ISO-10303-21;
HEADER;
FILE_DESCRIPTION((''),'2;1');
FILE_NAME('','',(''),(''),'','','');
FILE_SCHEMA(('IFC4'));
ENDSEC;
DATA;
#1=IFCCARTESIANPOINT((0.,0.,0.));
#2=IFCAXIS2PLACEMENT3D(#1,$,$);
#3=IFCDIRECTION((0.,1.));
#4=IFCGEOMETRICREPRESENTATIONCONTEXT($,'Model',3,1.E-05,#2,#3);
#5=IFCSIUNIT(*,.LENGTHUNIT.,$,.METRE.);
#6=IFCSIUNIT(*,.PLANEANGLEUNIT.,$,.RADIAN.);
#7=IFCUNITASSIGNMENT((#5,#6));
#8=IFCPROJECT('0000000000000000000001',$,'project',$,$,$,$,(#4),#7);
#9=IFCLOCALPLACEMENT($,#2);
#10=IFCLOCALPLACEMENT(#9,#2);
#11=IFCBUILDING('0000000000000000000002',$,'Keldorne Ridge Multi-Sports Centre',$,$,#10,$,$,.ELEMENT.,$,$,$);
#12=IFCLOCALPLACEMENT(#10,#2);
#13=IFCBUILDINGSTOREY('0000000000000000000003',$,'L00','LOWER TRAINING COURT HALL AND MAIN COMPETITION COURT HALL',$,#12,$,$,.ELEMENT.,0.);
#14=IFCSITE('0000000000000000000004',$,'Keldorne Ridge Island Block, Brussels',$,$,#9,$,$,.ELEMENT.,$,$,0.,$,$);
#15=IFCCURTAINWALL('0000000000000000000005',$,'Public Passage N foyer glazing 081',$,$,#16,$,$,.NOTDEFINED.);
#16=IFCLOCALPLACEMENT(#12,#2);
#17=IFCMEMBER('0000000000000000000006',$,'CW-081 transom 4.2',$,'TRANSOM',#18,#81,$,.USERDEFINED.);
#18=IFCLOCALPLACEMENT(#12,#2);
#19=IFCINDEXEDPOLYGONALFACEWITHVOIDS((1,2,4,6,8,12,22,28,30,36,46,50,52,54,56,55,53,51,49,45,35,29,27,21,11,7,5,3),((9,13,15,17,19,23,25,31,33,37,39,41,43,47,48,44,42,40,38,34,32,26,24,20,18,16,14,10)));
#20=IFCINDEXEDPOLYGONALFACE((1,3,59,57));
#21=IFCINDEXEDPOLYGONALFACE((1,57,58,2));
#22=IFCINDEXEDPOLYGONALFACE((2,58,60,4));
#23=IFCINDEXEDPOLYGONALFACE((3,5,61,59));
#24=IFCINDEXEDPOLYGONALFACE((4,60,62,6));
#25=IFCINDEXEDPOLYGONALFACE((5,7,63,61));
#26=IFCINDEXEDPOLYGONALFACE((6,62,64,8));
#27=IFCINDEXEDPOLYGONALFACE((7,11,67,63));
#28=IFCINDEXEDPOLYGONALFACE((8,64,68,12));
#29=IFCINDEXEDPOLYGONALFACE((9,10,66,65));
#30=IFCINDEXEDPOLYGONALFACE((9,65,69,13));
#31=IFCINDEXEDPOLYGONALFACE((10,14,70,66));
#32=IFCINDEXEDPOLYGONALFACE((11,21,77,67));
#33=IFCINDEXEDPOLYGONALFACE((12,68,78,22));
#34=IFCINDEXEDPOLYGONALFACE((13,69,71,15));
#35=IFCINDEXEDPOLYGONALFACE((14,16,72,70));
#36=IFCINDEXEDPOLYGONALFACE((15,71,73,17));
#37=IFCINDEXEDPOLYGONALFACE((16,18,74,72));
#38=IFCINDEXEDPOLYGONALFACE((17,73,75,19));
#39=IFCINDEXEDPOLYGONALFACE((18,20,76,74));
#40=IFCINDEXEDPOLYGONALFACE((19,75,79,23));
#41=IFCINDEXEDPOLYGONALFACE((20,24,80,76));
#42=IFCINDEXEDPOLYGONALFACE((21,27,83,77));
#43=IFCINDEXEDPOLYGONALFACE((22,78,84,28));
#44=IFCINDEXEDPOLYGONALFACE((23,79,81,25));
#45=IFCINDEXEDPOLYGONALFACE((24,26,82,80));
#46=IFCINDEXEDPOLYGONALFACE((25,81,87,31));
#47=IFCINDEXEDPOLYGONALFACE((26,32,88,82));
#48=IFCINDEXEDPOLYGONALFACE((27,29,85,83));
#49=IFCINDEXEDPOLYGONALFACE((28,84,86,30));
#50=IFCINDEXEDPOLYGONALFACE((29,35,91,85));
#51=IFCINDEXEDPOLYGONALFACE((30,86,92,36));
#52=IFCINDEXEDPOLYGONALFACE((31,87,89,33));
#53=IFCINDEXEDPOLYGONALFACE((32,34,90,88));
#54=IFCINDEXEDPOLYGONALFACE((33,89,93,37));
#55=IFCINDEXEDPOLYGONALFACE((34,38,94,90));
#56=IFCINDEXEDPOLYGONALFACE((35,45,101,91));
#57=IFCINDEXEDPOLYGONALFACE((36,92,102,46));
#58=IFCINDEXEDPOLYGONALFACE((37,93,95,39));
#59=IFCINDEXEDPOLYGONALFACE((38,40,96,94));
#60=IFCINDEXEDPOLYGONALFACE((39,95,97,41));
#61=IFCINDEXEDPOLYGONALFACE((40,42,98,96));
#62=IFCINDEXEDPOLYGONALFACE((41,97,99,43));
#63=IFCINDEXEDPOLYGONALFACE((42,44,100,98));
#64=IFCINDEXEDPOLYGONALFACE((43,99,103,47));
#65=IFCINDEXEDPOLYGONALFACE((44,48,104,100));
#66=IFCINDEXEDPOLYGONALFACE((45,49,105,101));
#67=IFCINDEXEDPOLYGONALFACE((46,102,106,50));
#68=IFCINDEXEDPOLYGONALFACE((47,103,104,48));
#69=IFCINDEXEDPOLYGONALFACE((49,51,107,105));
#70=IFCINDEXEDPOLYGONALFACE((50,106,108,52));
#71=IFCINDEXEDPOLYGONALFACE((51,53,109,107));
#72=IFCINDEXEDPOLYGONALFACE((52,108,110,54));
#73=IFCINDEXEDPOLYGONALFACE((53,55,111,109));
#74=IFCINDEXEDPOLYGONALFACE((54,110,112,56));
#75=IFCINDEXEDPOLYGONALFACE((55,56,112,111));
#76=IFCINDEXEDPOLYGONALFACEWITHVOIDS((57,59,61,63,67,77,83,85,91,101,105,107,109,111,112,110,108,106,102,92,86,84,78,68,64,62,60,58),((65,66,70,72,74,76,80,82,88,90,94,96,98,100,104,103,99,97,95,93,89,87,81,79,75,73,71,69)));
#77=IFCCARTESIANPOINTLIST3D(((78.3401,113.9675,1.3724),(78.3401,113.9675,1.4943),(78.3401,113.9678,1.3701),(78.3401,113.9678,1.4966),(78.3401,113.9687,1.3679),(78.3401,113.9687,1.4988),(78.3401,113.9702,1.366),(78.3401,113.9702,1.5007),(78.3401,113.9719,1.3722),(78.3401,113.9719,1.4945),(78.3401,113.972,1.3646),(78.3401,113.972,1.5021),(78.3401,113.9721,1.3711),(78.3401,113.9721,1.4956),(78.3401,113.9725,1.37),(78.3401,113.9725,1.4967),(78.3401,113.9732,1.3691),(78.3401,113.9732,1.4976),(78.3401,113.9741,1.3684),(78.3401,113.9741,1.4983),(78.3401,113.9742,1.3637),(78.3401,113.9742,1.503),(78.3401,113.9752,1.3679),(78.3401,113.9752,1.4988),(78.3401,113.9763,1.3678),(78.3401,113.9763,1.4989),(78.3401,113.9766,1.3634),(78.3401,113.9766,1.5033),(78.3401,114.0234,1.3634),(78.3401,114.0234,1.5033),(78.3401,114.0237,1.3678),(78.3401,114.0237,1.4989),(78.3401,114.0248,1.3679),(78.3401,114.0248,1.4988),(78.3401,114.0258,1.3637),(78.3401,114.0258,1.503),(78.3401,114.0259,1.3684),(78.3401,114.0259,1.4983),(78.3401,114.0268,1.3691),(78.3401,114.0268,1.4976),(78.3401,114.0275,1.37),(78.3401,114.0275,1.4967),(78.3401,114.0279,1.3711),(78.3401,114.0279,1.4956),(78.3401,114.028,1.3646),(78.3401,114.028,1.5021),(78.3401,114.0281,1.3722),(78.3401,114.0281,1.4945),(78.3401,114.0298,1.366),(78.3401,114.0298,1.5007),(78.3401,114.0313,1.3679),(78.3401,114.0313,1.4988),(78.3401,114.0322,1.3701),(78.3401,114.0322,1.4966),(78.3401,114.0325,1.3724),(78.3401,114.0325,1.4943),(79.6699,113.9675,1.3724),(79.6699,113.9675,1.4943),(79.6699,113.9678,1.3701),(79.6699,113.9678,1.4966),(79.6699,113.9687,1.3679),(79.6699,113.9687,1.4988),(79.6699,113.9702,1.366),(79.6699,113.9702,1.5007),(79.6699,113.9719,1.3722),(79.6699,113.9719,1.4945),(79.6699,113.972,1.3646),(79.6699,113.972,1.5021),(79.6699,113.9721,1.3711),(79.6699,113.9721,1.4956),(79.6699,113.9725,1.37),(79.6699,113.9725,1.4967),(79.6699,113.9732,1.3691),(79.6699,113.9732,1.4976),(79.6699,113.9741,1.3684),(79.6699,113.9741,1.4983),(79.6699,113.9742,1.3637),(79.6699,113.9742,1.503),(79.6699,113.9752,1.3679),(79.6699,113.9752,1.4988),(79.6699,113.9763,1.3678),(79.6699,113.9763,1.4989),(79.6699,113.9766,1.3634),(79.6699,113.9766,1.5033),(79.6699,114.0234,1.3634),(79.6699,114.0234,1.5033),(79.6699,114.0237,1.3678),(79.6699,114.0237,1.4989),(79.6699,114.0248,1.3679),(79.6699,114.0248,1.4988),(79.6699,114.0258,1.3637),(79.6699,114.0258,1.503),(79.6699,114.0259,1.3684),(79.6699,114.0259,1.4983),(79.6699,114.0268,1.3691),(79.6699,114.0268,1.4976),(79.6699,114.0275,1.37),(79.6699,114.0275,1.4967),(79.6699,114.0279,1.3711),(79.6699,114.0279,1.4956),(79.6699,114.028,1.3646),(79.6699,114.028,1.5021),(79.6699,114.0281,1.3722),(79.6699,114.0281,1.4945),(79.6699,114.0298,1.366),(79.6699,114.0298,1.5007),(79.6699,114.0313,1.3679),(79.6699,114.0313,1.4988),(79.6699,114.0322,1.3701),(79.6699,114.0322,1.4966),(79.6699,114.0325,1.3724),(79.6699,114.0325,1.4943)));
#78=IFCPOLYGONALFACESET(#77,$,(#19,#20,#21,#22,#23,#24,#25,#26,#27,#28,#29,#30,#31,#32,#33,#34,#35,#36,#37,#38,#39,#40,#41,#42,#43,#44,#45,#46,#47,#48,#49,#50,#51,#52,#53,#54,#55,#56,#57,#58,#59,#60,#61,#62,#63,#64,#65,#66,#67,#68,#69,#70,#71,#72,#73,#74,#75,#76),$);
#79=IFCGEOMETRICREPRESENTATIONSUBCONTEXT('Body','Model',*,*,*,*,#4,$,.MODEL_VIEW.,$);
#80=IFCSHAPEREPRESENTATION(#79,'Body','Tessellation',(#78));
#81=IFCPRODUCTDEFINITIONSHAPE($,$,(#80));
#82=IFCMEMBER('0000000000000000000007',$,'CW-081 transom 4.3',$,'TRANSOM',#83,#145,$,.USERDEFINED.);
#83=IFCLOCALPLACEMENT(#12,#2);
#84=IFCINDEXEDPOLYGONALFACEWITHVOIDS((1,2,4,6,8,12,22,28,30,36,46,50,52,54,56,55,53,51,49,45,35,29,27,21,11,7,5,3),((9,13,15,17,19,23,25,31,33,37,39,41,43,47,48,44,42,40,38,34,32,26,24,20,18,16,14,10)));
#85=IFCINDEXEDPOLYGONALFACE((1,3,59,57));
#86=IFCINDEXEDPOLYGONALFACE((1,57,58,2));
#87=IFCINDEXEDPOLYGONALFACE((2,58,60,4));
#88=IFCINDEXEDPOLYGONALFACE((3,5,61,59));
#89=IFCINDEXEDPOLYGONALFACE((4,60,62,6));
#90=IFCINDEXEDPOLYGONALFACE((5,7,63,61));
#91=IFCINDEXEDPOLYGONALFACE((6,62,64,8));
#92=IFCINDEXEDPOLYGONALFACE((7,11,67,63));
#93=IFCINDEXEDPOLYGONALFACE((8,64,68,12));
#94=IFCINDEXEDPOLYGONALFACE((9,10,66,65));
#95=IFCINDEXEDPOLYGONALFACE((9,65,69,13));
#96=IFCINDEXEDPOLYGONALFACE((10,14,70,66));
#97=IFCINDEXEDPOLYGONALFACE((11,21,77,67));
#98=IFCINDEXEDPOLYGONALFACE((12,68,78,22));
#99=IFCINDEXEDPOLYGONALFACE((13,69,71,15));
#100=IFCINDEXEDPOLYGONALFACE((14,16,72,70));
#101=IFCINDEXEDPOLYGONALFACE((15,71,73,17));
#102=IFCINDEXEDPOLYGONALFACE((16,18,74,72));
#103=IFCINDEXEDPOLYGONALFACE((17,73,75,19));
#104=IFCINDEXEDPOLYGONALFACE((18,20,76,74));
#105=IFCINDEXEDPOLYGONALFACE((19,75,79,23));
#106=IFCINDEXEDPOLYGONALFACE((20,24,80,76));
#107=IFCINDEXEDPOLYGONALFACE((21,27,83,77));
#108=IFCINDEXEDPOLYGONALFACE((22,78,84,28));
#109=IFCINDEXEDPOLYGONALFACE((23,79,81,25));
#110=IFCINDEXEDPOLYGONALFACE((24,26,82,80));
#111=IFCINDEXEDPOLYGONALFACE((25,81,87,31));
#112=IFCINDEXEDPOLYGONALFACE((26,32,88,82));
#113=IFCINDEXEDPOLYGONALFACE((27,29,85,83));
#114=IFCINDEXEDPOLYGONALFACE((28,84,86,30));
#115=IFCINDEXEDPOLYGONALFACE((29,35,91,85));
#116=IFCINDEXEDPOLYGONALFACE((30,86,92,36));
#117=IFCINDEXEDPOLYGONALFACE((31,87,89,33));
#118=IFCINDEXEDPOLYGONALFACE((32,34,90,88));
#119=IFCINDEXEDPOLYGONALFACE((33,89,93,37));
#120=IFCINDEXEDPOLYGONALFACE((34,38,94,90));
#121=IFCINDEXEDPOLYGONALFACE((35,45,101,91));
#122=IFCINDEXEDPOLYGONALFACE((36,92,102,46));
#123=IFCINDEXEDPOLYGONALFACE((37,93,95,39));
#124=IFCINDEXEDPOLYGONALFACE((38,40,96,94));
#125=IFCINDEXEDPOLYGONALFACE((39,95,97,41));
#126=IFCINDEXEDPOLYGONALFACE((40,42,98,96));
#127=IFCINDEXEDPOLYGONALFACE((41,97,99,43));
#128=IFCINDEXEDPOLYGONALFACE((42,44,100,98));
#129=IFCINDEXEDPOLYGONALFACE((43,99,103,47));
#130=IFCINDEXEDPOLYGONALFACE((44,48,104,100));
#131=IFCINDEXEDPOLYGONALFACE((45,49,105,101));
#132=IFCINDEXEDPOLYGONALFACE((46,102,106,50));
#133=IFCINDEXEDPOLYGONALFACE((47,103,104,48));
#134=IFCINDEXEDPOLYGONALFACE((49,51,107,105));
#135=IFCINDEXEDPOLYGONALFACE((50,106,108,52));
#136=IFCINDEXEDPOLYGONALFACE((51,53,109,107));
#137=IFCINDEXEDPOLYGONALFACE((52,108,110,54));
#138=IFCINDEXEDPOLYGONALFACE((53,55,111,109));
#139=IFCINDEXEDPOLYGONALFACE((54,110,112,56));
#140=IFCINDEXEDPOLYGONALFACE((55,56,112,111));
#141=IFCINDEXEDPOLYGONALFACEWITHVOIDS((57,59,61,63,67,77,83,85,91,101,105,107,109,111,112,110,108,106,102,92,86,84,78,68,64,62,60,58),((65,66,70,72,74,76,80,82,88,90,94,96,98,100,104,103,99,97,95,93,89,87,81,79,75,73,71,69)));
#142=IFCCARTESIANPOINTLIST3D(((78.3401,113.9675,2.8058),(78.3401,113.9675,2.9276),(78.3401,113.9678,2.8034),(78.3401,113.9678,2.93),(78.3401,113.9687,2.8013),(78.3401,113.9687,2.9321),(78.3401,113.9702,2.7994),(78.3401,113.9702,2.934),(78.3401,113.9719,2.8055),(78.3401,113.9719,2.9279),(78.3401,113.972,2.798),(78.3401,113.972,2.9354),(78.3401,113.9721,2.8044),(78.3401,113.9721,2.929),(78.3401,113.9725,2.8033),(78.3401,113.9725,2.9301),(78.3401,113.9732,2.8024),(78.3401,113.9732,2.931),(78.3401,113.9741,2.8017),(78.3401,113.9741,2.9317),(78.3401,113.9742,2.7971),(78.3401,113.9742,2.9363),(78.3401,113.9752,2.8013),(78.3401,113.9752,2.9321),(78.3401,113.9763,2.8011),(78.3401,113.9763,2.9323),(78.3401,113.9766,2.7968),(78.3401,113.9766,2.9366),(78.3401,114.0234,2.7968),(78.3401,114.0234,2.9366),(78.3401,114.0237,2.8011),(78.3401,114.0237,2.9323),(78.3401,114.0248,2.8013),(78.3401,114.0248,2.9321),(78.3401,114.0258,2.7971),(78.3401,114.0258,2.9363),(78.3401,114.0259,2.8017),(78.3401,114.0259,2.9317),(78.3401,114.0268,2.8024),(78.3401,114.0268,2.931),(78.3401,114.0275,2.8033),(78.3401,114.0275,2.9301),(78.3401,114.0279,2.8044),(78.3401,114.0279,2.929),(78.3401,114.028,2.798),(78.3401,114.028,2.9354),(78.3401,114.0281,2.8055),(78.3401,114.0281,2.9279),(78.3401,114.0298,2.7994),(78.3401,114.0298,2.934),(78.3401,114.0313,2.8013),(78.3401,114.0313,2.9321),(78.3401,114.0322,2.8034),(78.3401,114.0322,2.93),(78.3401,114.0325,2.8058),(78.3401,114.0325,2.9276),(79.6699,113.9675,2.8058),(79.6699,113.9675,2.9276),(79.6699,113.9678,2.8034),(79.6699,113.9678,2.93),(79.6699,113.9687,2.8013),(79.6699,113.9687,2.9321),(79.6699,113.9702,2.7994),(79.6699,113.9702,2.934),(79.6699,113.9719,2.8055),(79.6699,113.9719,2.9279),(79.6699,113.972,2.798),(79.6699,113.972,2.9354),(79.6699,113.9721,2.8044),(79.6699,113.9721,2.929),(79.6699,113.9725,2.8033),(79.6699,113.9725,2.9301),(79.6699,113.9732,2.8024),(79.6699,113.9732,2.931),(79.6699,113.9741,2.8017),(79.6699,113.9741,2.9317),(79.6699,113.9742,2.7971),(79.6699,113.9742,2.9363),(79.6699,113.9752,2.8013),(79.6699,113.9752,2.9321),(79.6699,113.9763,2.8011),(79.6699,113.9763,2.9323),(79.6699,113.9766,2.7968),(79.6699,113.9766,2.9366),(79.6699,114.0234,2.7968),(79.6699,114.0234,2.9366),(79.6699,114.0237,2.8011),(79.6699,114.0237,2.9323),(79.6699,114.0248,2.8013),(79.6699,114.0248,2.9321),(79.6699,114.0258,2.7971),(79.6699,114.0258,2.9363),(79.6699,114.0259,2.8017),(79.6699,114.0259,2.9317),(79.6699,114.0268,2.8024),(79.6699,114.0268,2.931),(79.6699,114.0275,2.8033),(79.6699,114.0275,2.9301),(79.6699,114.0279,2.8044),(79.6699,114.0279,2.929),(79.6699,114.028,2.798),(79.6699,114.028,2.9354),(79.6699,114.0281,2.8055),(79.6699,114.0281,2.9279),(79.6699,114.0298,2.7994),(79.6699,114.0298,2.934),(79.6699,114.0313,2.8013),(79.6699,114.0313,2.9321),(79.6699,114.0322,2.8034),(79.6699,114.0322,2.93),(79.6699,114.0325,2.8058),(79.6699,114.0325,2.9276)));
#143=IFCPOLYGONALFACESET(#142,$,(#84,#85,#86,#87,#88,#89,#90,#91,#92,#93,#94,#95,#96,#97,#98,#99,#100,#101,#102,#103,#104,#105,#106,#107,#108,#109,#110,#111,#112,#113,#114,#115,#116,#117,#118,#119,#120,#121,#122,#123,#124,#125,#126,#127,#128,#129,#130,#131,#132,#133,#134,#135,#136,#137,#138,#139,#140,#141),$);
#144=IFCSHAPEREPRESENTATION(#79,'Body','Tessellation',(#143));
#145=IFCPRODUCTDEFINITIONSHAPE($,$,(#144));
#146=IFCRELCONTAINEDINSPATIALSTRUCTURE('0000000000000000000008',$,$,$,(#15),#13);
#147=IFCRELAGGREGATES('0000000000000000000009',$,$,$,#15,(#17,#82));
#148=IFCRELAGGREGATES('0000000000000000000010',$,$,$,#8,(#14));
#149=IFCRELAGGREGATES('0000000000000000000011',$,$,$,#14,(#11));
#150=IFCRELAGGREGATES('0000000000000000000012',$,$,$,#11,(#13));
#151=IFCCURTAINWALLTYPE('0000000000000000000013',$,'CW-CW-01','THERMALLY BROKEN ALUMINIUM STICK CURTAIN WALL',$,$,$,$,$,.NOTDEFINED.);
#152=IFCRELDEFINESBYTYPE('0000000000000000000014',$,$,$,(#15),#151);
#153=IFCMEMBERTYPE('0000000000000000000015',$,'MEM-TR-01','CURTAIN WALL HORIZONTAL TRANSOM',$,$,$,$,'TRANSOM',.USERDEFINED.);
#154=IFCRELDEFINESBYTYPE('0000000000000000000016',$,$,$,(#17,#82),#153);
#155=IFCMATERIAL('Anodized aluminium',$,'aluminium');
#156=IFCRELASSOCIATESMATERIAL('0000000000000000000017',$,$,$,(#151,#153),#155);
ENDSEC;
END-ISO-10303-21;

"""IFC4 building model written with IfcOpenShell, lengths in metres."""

from ifc_helpers import new_model, si_unit, direction, frame, origin, origin_2d, place, context, subcontext, project, spatial, hollow_rectangle, extrude, material, material_profile, profile_set, type_object, element, aggregate, save


model = new_model("IFC4")

# Units and contexts
model_context = context("Model", 3, precision=1e-05, world=origin(), true_north=direction((0.0, 1.0)))
body_context = subcontext(model_context, "Body", "Model", "MODEL_VIEW")
ifc_project = project(units=[si_unit("LENGTHUNIT", "METRE"), si_unit("PLANEANGLEUNIT", "RADIAN")], contexts=[model_context])

# Site, building, storey
site_placement = place(None, origin())
site = spatial("IfcSite", under=ifc_project, at=site_placement, Name="Keldorne Ridge Island Block, Brussels", CompositionType="ELEMENT", RefElevation=0.0)
building_placement = place(site_placement, origin())
building = spatial("IfcBuilding", under=site, at=building_placement, Name="Keldorne Ridge Multi-Sports Centre", CompositionType="ELEMENT")
storey_placement = place(building_placement, origin())
storey = spatial("IfcBuildingStorey", under=building, at=storey_placement, Name="L00", Description="LOWER TRAINING COURT HALL AND MAIN COMPETITION COURT HALL", CompositionType="ELEMENT", Elevation=0.0)

# Curtain wall
ifc_material_1 = material(Name="Anodized aluminium", Category="aluminium")
curtain_wall_type_1 = type_object("IfcCurtainWallType", Name="CW-CW-01", Description="THERMALLY BROKEN ALUMINIUM STICK CURTAIN WALL", PredefinedType="NOTDEFINED", material=ifc_material_1)
curtain_wall_1_placement = place(storey_placement, origin())
curtain_wall_1 = element("IfcCurtainWall", 1, at=curtain_wall_1_placement, inside=storey, type_object=curtain_wall_type_1, Name="Public Passage N foyer glazing 081", PredefinedType="NOTDEFINED")

# Members
ifc_material_profile_1 = material_profile(ifc_material_1, hollow_rectangle(XDim=0.0649, YDim=0.1399, WallThickness=0.0044, InnerFilletRadius=0.0044, OuterFilletRadius=0.009, at=origin_2d()), Name="ALU TRANSOM 140x65x4.5")
ifc_profile_set_1 = profile_set([ifc_material_profile_1], Name="Anodized aluminium")
member_type_1 = type_object("IfcMemberType", Name="MEM-TR-01", Description="CURTAIN WALL HORIZONTAL TRANSOM", ElementType="TRANSOM", PredefinedType="USERDEFINED", material=ifc_profile_set_1)
member_1_placement = place(storey_placement, frame((79.6699, 114.0, 1.4333), z_axis=(-1.0, 0.0, 0.0), x_axis=(0.0, -1.0, 0.0)))
member_1 = element("IfcMember", 2, at=member_1_placement, type_object=member_type_1, Name="CW-081 transom 4.2", ObjectType="TRANSOM", PredefinedType="USERDEFINED", context=body_context, shape_type="SweptSolid", body=[
    extrude(hollow_rectangle(XDim=0.0649, YDim=0.1399, WallThickness=0.0044, InnerFilletRadius=0.0044, OuterFilletRadius=0.009, at=origin_2d()), origin(), (0.0, 0.0, 1.0), 1.3298),
])
member_2_placement = place(storey_placement, frame((79.6699, 114.0, 2.8667), z_axis=(-1.0, 0.0, 0.0), x_axis=(0.0, -1.0, 0.0)))
member_2 = element("IfcMember", 3, at=member_2_placement, type_object=member_type_1, Name="CW-081 transom 4.3", ObjectType="TRANSOM", PredefinedType="USERDEFINED", context=body_context, shape_type="SweptSolid", body=[
    extrude(hollow_rectangle(XDim=0.0649, YDim=0.1399, WallThickness=0.0044, InnerFilletRadius=0.0044, OuterFilletRadius=0.009, at=origin_2d()), origin(), (0.0, 0.0, 1.0), 1.3298),
])

aggregate(curtain_wall_1, [member_1, member_2])

save(model, "model.ifc")
